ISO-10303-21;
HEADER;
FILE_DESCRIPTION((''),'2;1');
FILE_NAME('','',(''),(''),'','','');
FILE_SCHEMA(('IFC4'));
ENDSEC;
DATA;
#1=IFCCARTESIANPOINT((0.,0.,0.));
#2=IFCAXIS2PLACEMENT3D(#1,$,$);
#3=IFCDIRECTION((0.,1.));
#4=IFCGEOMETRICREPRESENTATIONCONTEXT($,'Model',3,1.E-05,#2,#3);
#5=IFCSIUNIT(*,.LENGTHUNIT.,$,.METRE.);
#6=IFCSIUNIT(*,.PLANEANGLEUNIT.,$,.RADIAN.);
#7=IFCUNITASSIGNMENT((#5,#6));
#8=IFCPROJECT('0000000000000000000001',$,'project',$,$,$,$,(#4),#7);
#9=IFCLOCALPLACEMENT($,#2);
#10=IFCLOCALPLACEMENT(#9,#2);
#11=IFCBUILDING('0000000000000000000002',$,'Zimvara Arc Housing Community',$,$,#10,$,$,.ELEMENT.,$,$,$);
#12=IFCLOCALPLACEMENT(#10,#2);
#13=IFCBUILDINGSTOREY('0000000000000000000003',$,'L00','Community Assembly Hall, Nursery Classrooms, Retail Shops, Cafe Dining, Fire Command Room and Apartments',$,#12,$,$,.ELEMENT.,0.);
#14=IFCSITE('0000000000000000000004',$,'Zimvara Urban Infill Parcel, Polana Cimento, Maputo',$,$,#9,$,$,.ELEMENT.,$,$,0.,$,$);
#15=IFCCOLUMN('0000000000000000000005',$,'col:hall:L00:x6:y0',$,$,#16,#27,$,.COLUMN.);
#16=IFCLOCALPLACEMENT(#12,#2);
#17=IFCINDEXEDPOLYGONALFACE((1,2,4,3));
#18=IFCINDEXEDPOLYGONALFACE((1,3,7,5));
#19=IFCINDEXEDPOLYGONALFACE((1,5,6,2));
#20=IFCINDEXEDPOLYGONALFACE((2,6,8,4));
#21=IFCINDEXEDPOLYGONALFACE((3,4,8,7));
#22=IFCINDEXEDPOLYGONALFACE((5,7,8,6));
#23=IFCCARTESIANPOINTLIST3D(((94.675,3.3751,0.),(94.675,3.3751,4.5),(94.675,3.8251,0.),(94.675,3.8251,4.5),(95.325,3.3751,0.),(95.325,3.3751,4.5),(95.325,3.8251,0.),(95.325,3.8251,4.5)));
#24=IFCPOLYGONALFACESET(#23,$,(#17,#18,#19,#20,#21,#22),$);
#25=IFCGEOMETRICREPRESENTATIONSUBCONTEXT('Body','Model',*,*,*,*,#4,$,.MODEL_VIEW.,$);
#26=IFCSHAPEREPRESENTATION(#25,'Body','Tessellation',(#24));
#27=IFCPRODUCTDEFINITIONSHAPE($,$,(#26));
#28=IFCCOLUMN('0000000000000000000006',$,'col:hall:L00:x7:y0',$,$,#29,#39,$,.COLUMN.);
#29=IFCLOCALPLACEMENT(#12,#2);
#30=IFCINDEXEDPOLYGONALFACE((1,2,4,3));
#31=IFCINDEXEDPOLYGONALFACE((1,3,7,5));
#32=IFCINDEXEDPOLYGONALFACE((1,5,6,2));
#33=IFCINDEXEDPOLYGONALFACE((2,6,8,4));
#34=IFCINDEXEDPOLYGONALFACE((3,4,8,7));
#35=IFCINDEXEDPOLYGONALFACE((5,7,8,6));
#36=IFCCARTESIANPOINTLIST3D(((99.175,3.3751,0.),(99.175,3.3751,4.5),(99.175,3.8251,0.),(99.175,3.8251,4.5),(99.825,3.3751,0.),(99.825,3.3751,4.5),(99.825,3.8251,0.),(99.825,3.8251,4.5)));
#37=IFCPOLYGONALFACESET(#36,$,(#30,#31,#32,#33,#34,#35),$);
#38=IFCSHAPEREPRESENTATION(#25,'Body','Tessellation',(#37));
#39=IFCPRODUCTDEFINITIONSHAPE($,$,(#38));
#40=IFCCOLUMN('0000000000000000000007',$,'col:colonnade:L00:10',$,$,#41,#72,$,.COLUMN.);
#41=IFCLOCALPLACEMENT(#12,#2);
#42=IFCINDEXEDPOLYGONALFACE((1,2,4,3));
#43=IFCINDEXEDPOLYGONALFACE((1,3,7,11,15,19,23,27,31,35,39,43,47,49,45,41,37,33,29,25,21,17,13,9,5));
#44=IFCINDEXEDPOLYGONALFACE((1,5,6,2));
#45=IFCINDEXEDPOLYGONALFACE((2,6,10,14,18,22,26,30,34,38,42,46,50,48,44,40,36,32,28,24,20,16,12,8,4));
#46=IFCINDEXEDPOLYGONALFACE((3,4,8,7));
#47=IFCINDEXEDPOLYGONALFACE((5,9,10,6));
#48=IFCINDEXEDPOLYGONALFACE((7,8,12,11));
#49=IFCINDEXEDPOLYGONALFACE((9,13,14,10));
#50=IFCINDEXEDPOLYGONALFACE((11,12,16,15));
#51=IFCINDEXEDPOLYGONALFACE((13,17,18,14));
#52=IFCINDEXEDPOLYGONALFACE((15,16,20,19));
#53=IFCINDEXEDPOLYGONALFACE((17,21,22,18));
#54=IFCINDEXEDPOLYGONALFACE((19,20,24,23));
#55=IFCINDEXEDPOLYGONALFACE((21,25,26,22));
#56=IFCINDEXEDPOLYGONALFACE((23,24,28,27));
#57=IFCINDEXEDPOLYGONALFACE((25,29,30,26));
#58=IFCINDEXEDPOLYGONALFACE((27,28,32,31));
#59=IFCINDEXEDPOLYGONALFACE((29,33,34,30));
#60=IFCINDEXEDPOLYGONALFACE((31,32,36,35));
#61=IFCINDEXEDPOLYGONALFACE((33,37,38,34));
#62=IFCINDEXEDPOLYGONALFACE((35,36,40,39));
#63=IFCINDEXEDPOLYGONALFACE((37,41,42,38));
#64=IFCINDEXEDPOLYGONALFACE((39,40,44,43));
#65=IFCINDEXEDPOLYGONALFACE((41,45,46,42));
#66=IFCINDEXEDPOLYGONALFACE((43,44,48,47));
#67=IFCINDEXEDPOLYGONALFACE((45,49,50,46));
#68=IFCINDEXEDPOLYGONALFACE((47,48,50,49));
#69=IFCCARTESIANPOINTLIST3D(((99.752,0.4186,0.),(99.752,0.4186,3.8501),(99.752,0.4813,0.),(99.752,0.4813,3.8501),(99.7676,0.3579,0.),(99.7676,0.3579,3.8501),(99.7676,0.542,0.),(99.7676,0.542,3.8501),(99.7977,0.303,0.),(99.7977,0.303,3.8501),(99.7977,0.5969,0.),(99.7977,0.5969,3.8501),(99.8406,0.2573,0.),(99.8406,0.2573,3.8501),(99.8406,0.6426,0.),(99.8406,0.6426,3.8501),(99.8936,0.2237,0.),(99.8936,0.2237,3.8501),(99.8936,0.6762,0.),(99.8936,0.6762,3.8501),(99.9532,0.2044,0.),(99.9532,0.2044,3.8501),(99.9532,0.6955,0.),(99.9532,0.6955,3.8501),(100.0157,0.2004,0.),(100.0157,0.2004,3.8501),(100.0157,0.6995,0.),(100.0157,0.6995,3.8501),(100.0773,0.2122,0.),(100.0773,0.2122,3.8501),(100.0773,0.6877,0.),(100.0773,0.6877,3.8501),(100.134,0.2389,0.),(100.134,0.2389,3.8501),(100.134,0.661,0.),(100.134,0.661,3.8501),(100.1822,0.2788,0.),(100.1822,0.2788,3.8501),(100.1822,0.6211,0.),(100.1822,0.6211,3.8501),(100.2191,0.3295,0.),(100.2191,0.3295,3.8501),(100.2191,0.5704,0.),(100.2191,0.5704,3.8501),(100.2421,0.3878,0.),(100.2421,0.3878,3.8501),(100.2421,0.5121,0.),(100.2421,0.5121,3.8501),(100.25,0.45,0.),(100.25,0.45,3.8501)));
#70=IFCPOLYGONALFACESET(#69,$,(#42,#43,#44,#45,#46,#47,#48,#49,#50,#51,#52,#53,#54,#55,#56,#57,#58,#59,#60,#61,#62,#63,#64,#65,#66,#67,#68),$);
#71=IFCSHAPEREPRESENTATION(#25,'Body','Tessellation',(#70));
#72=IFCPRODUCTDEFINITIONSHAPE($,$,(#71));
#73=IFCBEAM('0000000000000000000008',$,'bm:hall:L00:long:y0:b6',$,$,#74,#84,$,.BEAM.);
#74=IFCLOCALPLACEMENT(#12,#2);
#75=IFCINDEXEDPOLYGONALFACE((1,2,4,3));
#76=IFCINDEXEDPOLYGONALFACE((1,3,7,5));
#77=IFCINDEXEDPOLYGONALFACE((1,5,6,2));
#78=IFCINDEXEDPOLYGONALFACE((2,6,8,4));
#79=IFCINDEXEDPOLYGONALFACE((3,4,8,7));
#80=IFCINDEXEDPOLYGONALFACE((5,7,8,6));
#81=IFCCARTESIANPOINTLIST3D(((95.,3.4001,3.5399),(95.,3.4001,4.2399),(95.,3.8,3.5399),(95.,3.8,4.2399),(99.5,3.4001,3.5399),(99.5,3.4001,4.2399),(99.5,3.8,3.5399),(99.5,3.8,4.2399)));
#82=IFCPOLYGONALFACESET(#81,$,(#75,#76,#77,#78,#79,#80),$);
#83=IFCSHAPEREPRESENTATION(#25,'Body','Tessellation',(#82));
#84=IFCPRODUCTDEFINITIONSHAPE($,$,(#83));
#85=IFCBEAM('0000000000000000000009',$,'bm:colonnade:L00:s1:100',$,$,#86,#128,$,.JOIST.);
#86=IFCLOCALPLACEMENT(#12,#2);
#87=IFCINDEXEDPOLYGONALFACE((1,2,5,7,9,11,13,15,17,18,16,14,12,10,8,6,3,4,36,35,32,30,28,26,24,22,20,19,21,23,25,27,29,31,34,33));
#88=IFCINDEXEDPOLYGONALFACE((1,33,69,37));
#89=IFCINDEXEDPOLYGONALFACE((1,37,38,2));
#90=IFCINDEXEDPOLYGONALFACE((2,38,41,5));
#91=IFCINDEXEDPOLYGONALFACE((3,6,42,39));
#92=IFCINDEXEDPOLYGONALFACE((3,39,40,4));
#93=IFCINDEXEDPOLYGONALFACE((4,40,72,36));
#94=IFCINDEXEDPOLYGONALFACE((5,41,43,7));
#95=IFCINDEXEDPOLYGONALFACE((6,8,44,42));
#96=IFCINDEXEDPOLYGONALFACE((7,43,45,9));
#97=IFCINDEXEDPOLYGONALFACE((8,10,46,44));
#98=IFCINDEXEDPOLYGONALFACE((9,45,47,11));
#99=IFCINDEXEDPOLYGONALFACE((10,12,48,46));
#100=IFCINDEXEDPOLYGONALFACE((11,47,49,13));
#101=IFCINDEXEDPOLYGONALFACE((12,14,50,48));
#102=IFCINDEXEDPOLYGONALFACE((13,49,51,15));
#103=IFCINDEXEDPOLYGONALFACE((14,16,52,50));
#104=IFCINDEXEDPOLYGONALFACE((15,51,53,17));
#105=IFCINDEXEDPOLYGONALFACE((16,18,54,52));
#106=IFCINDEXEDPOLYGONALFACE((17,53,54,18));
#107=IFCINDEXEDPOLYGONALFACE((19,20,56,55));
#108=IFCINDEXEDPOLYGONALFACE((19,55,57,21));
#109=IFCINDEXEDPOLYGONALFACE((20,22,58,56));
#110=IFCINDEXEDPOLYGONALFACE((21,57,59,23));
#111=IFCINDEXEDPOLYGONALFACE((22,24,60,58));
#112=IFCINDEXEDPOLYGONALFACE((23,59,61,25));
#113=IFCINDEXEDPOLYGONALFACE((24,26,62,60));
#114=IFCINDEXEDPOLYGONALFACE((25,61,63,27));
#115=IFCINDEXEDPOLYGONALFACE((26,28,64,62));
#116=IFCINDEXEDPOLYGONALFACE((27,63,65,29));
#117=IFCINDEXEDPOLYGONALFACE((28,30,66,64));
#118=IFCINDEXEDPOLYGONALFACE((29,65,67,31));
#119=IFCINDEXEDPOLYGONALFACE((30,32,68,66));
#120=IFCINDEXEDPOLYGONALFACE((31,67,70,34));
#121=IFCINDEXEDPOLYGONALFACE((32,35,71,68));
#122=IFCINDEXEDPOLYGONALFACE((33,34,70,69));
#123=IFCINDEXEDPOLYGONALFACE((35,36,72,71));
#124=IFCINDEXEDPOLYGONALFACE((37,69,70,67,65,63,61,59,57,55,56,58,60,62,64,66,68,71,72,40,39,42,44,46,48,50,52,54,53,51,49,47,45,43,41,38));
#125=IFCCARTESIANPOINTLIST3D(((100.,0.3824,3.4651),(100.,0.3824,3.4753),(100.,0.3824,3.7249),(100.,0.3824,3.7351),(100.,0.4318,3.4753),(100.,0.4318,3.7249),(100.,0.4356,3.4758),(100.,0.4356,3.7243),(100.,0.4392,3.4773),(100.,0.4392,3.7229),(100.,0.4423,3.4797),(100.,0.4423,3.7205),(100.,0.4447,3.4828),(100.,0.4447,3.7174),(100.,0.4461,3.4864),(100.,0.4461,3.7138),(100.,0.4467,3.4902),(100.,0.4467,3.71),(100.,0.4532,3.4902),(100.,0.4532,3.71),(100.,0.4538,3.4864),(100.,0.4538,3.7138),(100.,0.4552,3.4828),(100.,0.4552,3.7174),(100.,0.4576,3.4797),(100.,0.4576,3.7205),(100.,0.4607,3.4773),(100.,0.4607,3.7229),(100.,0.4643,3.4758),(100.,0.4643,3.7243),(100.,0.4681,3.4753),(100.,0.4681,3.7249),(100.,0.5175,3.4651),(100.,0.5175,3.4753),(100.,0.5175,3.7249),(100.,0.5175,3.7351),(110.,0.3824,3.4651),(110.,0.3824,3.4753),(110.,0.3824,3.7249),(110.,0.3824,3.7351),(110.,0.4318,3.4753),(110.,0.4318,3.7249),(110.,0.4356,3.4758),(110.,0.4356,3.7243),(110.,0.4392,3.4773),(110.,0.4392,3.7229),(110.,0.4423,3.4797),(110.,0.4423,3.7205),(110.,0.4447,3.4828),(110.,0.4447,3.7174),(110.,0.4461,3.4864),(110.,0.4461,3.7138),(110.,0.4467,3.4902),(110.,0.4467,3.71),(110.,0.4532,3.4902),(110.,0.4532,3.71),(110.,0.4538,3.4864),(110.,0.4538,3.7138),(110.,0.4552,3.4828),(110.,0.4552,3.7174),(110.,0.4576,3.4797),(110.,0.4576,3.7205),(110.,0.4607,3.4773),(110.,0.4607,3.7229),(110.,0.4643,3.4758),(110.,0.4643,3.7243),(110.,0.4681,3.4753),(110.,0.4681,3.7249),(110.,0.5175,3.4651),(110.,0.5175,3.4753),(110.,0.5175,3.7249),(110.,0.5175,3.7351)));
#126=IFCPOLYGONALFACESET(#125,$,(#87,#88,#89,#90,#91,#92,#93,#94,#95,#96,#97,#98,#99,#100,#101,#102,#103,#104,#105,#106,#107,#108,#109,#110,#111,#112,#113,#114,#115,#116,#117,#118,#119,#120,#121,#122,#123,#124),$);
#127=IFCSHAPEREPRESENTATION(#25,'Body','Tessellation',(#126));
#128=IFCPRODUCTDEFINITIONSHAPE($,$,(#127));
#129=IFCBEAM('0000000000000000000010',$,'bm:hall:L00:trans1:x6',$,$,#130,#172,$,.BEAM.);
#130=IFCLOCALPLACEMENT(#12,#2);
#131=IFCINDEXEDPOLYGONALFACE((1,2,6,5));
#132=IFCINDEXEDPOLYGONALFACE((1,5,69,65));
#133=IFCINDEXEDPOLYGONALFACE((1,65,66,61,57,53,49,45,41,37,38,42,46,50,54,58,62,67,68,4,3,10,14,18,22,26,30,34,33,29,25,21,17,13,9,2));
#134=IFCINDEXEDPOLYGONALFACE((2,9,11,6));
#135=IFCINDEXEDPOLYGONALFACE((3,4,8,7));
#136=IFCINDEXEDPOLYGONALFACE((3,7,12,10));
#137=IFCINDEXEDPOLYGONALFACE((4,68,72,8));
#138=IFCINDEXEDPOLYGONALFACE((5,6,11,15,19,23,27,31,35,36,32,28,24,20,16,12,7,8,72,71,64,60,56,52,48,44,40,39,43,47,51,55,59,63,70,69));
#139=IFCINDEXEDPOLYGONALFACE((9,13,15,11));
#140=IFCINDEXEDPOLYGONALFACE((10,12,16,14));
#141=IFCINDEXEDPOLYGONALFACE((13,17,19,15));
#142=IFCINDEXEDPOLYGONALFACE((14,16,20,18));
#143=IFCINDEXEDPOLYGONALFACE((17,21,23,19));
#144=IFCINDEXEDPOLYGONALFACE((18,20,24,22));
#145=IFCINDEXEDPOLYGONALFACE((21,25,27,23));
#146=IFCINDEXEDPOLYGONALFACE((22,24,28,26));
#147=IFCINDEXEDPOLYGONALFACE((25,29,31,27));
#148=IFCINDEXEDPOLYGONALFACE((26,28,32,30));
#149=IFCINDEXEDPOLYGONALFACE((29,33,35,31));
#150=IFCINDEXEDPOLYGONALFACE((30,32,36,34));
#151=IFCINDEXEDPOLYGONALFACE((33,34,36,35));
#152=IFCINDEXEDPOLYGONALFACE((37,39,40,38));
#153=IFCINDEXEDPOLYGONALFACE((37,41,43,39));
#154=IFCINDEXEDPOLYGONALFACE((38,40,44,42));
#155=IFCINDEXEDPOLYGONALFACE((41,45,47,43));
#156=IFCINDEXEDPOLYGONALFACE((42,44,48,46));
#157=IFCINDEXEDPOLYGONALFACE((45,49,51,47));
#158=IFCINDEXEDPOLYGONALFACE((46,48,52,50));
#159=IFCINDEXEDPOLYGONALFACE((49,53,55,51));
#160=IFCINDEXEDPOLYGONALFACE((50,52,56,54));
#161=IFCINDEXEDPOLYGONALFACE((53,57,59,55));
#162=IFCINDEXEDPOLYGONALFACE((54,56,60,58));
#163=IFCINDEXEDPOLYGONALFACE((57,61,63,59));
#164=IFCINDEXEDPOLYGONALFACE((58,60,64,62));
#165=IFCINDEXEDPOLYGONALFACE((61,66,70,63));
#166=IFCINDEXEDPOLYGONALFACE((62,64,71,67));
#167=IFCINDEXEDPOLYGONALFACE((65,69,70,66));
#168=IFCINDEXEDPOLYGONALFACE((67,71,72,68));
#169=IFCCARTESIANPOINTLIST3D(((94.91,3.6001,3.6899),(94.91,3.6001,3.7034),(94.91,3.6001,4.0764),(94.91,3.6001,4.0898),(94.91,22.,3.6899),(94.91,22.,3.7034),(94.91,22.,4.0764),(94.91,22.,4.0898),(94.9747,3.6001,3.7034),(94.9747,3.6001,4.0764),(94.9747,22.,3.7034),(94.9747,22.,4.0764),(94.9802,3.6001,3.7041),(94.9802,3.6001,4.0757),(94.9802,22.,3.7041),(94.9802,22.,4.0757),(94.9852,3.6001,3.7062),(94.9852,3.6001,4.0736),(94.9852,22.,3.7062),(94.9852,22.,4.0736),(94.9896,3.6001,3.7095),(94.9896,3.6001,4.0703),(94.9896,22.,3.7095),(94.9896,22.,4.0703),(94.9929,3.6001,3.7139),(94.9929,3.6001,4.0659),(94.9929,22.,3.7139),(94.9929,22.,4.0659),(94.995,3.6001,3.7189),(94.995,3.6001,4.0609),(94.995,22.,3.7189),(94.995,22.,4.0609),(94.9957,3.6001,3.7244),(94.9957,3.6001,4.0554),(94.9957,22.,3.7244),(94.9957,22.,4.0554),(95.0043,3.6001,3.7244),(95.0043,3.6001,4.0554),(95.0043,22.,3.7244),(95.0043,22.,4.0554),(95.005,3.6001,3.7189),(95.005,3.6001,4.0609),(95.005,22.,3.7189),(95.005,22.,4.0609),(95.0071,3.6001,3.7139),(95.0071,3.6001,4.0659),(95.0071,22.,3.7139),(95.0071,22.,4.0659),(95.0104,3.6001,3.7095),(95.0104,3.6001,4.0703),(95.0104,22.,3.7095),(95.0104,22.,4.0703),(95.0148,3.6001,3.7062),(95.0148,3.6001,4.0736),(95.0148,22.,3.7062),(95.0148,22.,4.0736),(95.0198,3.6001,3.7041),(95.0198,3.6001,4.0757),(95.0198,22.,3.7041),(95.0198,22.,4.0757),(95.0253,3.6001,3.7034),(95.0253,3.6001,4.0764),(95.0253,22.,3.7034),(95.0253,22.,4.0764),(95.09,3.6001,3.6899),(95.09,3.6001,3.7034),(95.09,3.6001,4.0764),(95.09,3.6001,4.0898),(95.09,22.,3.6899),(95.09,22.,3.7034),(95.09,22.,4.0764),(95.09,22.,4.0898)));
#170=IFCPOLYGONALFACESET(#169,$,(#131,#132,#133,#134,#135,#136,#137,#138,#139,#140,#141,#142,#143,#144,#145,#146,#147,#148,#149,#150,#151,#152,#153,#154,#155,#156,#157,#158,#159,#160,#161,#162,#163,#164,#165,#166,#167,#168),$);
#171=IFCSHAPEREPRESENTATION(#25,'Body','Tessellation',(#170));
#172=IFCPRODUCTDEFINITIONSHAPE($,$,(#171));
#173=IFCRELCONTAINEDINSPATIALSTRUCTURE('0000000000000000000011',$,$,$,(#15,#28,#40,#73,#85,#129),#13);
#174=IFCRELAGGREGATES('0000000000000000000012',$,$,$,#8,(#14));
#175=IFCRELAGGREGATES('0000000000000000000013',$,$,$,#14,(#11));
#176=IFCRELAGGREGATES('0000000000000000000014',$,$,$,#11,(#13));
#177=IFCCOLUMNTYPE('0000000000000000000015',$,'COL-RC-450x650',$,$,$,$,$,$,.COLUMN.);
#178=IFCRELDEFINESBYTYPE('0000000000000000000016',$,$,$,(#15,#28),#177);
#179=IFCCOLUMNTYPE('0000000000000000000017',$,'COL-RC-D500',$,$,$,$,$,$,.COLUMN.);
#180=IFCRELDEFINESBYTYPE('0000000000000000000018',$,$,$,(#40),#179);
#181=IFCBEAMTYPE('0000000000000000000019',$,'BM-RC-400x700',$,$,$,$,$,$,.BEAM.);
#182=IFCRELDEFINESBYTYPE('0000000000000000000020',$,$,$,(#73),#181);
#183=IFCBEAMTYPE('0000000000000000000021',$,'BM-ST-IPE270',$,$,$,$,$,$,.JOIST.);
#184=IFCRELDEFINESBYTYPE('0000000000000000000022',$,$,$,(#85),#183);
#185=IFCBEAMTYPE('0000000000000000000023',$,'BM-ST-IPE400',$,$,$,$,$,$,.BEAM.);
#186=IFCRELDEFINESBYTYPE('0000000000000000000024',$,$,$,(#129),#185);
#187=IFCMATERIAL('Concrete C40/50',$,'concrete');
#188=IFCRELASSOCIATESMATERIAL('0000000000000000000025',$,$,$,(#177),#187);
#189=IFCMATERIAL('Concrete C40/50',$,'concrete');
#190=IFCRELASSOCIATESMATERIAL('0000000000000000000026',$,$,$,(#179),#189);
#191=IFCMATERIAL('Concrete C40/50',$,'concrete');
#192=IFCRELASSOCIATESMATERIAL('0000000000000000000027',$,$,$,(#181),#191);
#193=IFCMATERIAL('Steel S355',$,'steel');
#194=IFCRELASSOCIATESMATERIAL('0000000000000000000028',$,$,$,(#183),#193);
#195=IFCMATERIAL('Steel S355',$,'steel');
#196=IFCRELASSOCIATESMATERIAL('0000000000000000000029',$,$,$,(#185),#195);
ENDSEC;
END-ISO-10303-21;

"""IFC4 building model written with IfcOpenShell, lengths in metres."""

from ifc_helpers import new_model, si_unit, direction, frame, origin, origin_2d, place, context, subcontext, project, spatial, rectangle, circle, i_section, extrude, material, material_profile, profile_set, type_object, element, save


model = new_model("IFC4")

# Units and contexts
model_context = context("Model", 3, precision=1e-05, world=origin(), true_north=direction((0.0, 1.0)))
body_context = subcontext(model_context, "Body", "Model", "MODEL_VIEW")
ifc_project = project(units=[si_unit("LENGTHUNIT", "METRE"), si_unit("PLANEANGLEUNIT", "RADIAN")], contexts=[model_context])

# Site, building, storey
site_placement = place(None, origin())
site = spatial("IfcSite", under=ifc_project, at=site_placement, Name="Zimvara Urban Infill Parcel, Polana Cimento, Maputo", CompositionType="ELEMENT", RefElevation=0.0)
building_placement = place(site_placement, origin())
building = spatial("IfcBuilding", under=site, at=building_placement, Name="Zimvara Arc Housing Community", CompositionType="ELEMENT")
storey_placement = place(building_placement, origin())
storey = spatial("IfcBuildingStorey", under=building, at=storey_placement, Name="L00", Description="Community Assembly Hall, Nursery Classrooms, Retail Shops, Cafe Dining, Fire Command Room and Apartments", CompositionType="ELEMENT", Elevation=0.0)

# Columns
ifc_material_1 = material(Name="Concrete C40/50", Category="concrete")
ifc_material_profile_1 = material_profile(ifc_material_1, rectangle(XDim=0.45, YDim=0.6499, at=origin_2d()), Name="RC 450x650")
ifc_profile_set_1 = profile_set([ifc_material_profile_1], Name="Concrete C40/50")
column_type_1 = type_object("IfcColumnType", Name="COL-RC-450x650", PredefinedType="COLUMN", material=ifc_profile_set_1)
for number, where, z_axis, x_axis, name in (
    (1, (95.0, 3.6001, 0.0), (0.0, 0.0, 1.0), (0.0, 1.0, 0.0), "col:hall:L00:x6:y0"),
    (2, (99.5, 3.6001, 0.0), (0.0, 0.0, 1.0), (0.0, 1.0, 0.0), "col:hall:L00:x7:y0"),
):
    element("IfcColumn", number, at=place(storey_placement, frame(where, z_axis=z_axis, x_axis=x_axis)), inside=storey, type_object=column_type_1, Name=name, PredefinedType="COLUMN", context=body_context, shape_type="SweptSolid", body=[
        extrude(rectangle(XDim=0.45, YDim=0.6499, at=origin_2d()), origin(), (0.0, 0.0, 1.0), 4.5),
    ])
ifc_material_2 = material(Name="Concrete C40/50", Category="concrete")
ifc_material_profile_2 = material_profile(ifc_material_2, circle(Radius=0.25, at=origin_2d()), Name="RC D500")
ifc_profile_set_2 = profile_set([ifc_material_profile_2], Name="Concrete C40/50")
column_type_2 = type_object("IfcColumnType", Name="COL-RC-D500", PredefinedType="COLUMN", material=ifc_profile_set_2)
column_placement = place(storey_placement, frame((100.0, 0.45, 0.0), z_axis=(0.0, 0.0, 1.0), x_axis=(1.0, 0.0, 0.0)))
element("IfcColumn", 3, at=column_placement, inside=storey, type_object=column_type_2, Name="col:colonnade:L00:10", PredefinedType="COLUMN", context=body_context, shape_type="SweptSolid", body=[
    extrude(circle(Radius=0.25, at=origin_2d()), origin(), (0.0, 0.0, 1.0), 3.8501),
])

# Beams
ifc_material_3 = material(Name="Concrete C40/50", Category="concrete")
ifc_material_profile_3 = material_profile(ifc_material_3, rectangle(XDim=0.3999, YDim=0.7, at=origin_2d()), Name="RC 400x700")
ifc_profile_set_3 = profile_set([ifc_material_profile_3], Name="Concrete C40/50")
beam_type_1 = type_object("IfcBeamType", Name="BM-RC-400x700", PredefinedType="BEAM", material=ifc_profile_set_3)
beam_1_placement = place(storey_placement, frame((95.0, 3.6001, 3.8899), z_axis=(1.0, 0.0, 0.0), x_axis=(0.0, 1.0, 0.0)))
element("IfcBeam", 4, at=beam_1_placement, inside=storey, type_object=beam_type_1, Name="bm:hall:L00:long:y0:b6", PredefinedType="BEAM", context=body_context, shape_type="SweptSolid", body=[
    extrude(rectangle(XDim=0.3999, YDim=0.7, at=origin_2d()), origin(), (0.0, 0.0, 1.0), 4.5),
])
ifc_material_4 = material(Name="Steel S355", Category="steel")
ifc_material_profile_4 = material_profile(ifc_material_4, i_section(OverallWidth=0.135, OverallDepth=0.27, WebThickness=0.0066, FlangeThickness=0.0103, FilletRadius=0.0149, at=origin_2d()), Name="IPE 270")
ifc_profile_set_4 = profile_set([ifc_material_profile_4], Name="Steel S355")
beam_type_2 = type_object("IfcBeamType", Name="BM-ST-IPE270", PredefinedType="JOIST", material=ifc_profile_set_4)
beam_2_placement = place(storey_placement, frame((100.0, 0.45, 3.6001), z_axis=(1.0, 0.0, 0.0), x_axis=(0.0, 1.0, 0.0)))
element("IfcBeam", 5, at=beam_2_placement, inside=storey, type_object=beam_type_2, Name="bm:colonnade:L00:s1:100", PredefinedType="JOIST", context=body_context, shape_type="SweptSolid", body=[
    extrude(i_section(OverallWidth=0.135, OverallDepth=0.27, WebThickness=0.0066, FlangeThickness=0.0103, FilletRadius=0.0149, at=origin_2d()), origin(), (0.0, 0.0, 1.0), 10.0),
])
ifc_material_5 = material(Name="Steel S355", Category="steel")
ifc_material_profile_5 = material_profile(ifc_material_5, i_section(OverallWidth=0.1799, OverallDepth=0.3999, WebThickness=0.0085, FlangeThickness=0.0134, FilletRadius=0.021, at=origin_2d()), Name="IPE 400")
ifc_profile_set_5 = profile_set([ifc_material_profile_5], Name="Steel S355")
beam_type_3 = type_object("IfcBeamType", Name="BM-ST-IPE400", PredefinedType="BEAM", material=ifc_profile_set_5)
for number, where, z_axis, x_axis, name in (
    (6, (95.0, 3.6001, 3.8899), (0.0, 1.0, 0.0), (-1.0, 0.0, 0.0), "bm:hall:L00:trans1:x6"),
):
    element("IfcBeam", number, at=place(storey_placement, frame(where, z_axis=z_axis, x_axis=x_axis)), inside=storey, type_object=beam_type_3, Name=name, PredefinedType="BEAM", context=body_context, shape_type="SweptSolid", body=[
        extrude(i_section(OverallWidth=0.1799, OverallDepth=0.3999, WebThickness=0.0085, FlangeThickness=0.0134, FilletRadius=0.021, at=origin_2d()), origin(), (0.0, 0.0, 1.0), 18.3999),
    ])

save(model, "model.ifc")
